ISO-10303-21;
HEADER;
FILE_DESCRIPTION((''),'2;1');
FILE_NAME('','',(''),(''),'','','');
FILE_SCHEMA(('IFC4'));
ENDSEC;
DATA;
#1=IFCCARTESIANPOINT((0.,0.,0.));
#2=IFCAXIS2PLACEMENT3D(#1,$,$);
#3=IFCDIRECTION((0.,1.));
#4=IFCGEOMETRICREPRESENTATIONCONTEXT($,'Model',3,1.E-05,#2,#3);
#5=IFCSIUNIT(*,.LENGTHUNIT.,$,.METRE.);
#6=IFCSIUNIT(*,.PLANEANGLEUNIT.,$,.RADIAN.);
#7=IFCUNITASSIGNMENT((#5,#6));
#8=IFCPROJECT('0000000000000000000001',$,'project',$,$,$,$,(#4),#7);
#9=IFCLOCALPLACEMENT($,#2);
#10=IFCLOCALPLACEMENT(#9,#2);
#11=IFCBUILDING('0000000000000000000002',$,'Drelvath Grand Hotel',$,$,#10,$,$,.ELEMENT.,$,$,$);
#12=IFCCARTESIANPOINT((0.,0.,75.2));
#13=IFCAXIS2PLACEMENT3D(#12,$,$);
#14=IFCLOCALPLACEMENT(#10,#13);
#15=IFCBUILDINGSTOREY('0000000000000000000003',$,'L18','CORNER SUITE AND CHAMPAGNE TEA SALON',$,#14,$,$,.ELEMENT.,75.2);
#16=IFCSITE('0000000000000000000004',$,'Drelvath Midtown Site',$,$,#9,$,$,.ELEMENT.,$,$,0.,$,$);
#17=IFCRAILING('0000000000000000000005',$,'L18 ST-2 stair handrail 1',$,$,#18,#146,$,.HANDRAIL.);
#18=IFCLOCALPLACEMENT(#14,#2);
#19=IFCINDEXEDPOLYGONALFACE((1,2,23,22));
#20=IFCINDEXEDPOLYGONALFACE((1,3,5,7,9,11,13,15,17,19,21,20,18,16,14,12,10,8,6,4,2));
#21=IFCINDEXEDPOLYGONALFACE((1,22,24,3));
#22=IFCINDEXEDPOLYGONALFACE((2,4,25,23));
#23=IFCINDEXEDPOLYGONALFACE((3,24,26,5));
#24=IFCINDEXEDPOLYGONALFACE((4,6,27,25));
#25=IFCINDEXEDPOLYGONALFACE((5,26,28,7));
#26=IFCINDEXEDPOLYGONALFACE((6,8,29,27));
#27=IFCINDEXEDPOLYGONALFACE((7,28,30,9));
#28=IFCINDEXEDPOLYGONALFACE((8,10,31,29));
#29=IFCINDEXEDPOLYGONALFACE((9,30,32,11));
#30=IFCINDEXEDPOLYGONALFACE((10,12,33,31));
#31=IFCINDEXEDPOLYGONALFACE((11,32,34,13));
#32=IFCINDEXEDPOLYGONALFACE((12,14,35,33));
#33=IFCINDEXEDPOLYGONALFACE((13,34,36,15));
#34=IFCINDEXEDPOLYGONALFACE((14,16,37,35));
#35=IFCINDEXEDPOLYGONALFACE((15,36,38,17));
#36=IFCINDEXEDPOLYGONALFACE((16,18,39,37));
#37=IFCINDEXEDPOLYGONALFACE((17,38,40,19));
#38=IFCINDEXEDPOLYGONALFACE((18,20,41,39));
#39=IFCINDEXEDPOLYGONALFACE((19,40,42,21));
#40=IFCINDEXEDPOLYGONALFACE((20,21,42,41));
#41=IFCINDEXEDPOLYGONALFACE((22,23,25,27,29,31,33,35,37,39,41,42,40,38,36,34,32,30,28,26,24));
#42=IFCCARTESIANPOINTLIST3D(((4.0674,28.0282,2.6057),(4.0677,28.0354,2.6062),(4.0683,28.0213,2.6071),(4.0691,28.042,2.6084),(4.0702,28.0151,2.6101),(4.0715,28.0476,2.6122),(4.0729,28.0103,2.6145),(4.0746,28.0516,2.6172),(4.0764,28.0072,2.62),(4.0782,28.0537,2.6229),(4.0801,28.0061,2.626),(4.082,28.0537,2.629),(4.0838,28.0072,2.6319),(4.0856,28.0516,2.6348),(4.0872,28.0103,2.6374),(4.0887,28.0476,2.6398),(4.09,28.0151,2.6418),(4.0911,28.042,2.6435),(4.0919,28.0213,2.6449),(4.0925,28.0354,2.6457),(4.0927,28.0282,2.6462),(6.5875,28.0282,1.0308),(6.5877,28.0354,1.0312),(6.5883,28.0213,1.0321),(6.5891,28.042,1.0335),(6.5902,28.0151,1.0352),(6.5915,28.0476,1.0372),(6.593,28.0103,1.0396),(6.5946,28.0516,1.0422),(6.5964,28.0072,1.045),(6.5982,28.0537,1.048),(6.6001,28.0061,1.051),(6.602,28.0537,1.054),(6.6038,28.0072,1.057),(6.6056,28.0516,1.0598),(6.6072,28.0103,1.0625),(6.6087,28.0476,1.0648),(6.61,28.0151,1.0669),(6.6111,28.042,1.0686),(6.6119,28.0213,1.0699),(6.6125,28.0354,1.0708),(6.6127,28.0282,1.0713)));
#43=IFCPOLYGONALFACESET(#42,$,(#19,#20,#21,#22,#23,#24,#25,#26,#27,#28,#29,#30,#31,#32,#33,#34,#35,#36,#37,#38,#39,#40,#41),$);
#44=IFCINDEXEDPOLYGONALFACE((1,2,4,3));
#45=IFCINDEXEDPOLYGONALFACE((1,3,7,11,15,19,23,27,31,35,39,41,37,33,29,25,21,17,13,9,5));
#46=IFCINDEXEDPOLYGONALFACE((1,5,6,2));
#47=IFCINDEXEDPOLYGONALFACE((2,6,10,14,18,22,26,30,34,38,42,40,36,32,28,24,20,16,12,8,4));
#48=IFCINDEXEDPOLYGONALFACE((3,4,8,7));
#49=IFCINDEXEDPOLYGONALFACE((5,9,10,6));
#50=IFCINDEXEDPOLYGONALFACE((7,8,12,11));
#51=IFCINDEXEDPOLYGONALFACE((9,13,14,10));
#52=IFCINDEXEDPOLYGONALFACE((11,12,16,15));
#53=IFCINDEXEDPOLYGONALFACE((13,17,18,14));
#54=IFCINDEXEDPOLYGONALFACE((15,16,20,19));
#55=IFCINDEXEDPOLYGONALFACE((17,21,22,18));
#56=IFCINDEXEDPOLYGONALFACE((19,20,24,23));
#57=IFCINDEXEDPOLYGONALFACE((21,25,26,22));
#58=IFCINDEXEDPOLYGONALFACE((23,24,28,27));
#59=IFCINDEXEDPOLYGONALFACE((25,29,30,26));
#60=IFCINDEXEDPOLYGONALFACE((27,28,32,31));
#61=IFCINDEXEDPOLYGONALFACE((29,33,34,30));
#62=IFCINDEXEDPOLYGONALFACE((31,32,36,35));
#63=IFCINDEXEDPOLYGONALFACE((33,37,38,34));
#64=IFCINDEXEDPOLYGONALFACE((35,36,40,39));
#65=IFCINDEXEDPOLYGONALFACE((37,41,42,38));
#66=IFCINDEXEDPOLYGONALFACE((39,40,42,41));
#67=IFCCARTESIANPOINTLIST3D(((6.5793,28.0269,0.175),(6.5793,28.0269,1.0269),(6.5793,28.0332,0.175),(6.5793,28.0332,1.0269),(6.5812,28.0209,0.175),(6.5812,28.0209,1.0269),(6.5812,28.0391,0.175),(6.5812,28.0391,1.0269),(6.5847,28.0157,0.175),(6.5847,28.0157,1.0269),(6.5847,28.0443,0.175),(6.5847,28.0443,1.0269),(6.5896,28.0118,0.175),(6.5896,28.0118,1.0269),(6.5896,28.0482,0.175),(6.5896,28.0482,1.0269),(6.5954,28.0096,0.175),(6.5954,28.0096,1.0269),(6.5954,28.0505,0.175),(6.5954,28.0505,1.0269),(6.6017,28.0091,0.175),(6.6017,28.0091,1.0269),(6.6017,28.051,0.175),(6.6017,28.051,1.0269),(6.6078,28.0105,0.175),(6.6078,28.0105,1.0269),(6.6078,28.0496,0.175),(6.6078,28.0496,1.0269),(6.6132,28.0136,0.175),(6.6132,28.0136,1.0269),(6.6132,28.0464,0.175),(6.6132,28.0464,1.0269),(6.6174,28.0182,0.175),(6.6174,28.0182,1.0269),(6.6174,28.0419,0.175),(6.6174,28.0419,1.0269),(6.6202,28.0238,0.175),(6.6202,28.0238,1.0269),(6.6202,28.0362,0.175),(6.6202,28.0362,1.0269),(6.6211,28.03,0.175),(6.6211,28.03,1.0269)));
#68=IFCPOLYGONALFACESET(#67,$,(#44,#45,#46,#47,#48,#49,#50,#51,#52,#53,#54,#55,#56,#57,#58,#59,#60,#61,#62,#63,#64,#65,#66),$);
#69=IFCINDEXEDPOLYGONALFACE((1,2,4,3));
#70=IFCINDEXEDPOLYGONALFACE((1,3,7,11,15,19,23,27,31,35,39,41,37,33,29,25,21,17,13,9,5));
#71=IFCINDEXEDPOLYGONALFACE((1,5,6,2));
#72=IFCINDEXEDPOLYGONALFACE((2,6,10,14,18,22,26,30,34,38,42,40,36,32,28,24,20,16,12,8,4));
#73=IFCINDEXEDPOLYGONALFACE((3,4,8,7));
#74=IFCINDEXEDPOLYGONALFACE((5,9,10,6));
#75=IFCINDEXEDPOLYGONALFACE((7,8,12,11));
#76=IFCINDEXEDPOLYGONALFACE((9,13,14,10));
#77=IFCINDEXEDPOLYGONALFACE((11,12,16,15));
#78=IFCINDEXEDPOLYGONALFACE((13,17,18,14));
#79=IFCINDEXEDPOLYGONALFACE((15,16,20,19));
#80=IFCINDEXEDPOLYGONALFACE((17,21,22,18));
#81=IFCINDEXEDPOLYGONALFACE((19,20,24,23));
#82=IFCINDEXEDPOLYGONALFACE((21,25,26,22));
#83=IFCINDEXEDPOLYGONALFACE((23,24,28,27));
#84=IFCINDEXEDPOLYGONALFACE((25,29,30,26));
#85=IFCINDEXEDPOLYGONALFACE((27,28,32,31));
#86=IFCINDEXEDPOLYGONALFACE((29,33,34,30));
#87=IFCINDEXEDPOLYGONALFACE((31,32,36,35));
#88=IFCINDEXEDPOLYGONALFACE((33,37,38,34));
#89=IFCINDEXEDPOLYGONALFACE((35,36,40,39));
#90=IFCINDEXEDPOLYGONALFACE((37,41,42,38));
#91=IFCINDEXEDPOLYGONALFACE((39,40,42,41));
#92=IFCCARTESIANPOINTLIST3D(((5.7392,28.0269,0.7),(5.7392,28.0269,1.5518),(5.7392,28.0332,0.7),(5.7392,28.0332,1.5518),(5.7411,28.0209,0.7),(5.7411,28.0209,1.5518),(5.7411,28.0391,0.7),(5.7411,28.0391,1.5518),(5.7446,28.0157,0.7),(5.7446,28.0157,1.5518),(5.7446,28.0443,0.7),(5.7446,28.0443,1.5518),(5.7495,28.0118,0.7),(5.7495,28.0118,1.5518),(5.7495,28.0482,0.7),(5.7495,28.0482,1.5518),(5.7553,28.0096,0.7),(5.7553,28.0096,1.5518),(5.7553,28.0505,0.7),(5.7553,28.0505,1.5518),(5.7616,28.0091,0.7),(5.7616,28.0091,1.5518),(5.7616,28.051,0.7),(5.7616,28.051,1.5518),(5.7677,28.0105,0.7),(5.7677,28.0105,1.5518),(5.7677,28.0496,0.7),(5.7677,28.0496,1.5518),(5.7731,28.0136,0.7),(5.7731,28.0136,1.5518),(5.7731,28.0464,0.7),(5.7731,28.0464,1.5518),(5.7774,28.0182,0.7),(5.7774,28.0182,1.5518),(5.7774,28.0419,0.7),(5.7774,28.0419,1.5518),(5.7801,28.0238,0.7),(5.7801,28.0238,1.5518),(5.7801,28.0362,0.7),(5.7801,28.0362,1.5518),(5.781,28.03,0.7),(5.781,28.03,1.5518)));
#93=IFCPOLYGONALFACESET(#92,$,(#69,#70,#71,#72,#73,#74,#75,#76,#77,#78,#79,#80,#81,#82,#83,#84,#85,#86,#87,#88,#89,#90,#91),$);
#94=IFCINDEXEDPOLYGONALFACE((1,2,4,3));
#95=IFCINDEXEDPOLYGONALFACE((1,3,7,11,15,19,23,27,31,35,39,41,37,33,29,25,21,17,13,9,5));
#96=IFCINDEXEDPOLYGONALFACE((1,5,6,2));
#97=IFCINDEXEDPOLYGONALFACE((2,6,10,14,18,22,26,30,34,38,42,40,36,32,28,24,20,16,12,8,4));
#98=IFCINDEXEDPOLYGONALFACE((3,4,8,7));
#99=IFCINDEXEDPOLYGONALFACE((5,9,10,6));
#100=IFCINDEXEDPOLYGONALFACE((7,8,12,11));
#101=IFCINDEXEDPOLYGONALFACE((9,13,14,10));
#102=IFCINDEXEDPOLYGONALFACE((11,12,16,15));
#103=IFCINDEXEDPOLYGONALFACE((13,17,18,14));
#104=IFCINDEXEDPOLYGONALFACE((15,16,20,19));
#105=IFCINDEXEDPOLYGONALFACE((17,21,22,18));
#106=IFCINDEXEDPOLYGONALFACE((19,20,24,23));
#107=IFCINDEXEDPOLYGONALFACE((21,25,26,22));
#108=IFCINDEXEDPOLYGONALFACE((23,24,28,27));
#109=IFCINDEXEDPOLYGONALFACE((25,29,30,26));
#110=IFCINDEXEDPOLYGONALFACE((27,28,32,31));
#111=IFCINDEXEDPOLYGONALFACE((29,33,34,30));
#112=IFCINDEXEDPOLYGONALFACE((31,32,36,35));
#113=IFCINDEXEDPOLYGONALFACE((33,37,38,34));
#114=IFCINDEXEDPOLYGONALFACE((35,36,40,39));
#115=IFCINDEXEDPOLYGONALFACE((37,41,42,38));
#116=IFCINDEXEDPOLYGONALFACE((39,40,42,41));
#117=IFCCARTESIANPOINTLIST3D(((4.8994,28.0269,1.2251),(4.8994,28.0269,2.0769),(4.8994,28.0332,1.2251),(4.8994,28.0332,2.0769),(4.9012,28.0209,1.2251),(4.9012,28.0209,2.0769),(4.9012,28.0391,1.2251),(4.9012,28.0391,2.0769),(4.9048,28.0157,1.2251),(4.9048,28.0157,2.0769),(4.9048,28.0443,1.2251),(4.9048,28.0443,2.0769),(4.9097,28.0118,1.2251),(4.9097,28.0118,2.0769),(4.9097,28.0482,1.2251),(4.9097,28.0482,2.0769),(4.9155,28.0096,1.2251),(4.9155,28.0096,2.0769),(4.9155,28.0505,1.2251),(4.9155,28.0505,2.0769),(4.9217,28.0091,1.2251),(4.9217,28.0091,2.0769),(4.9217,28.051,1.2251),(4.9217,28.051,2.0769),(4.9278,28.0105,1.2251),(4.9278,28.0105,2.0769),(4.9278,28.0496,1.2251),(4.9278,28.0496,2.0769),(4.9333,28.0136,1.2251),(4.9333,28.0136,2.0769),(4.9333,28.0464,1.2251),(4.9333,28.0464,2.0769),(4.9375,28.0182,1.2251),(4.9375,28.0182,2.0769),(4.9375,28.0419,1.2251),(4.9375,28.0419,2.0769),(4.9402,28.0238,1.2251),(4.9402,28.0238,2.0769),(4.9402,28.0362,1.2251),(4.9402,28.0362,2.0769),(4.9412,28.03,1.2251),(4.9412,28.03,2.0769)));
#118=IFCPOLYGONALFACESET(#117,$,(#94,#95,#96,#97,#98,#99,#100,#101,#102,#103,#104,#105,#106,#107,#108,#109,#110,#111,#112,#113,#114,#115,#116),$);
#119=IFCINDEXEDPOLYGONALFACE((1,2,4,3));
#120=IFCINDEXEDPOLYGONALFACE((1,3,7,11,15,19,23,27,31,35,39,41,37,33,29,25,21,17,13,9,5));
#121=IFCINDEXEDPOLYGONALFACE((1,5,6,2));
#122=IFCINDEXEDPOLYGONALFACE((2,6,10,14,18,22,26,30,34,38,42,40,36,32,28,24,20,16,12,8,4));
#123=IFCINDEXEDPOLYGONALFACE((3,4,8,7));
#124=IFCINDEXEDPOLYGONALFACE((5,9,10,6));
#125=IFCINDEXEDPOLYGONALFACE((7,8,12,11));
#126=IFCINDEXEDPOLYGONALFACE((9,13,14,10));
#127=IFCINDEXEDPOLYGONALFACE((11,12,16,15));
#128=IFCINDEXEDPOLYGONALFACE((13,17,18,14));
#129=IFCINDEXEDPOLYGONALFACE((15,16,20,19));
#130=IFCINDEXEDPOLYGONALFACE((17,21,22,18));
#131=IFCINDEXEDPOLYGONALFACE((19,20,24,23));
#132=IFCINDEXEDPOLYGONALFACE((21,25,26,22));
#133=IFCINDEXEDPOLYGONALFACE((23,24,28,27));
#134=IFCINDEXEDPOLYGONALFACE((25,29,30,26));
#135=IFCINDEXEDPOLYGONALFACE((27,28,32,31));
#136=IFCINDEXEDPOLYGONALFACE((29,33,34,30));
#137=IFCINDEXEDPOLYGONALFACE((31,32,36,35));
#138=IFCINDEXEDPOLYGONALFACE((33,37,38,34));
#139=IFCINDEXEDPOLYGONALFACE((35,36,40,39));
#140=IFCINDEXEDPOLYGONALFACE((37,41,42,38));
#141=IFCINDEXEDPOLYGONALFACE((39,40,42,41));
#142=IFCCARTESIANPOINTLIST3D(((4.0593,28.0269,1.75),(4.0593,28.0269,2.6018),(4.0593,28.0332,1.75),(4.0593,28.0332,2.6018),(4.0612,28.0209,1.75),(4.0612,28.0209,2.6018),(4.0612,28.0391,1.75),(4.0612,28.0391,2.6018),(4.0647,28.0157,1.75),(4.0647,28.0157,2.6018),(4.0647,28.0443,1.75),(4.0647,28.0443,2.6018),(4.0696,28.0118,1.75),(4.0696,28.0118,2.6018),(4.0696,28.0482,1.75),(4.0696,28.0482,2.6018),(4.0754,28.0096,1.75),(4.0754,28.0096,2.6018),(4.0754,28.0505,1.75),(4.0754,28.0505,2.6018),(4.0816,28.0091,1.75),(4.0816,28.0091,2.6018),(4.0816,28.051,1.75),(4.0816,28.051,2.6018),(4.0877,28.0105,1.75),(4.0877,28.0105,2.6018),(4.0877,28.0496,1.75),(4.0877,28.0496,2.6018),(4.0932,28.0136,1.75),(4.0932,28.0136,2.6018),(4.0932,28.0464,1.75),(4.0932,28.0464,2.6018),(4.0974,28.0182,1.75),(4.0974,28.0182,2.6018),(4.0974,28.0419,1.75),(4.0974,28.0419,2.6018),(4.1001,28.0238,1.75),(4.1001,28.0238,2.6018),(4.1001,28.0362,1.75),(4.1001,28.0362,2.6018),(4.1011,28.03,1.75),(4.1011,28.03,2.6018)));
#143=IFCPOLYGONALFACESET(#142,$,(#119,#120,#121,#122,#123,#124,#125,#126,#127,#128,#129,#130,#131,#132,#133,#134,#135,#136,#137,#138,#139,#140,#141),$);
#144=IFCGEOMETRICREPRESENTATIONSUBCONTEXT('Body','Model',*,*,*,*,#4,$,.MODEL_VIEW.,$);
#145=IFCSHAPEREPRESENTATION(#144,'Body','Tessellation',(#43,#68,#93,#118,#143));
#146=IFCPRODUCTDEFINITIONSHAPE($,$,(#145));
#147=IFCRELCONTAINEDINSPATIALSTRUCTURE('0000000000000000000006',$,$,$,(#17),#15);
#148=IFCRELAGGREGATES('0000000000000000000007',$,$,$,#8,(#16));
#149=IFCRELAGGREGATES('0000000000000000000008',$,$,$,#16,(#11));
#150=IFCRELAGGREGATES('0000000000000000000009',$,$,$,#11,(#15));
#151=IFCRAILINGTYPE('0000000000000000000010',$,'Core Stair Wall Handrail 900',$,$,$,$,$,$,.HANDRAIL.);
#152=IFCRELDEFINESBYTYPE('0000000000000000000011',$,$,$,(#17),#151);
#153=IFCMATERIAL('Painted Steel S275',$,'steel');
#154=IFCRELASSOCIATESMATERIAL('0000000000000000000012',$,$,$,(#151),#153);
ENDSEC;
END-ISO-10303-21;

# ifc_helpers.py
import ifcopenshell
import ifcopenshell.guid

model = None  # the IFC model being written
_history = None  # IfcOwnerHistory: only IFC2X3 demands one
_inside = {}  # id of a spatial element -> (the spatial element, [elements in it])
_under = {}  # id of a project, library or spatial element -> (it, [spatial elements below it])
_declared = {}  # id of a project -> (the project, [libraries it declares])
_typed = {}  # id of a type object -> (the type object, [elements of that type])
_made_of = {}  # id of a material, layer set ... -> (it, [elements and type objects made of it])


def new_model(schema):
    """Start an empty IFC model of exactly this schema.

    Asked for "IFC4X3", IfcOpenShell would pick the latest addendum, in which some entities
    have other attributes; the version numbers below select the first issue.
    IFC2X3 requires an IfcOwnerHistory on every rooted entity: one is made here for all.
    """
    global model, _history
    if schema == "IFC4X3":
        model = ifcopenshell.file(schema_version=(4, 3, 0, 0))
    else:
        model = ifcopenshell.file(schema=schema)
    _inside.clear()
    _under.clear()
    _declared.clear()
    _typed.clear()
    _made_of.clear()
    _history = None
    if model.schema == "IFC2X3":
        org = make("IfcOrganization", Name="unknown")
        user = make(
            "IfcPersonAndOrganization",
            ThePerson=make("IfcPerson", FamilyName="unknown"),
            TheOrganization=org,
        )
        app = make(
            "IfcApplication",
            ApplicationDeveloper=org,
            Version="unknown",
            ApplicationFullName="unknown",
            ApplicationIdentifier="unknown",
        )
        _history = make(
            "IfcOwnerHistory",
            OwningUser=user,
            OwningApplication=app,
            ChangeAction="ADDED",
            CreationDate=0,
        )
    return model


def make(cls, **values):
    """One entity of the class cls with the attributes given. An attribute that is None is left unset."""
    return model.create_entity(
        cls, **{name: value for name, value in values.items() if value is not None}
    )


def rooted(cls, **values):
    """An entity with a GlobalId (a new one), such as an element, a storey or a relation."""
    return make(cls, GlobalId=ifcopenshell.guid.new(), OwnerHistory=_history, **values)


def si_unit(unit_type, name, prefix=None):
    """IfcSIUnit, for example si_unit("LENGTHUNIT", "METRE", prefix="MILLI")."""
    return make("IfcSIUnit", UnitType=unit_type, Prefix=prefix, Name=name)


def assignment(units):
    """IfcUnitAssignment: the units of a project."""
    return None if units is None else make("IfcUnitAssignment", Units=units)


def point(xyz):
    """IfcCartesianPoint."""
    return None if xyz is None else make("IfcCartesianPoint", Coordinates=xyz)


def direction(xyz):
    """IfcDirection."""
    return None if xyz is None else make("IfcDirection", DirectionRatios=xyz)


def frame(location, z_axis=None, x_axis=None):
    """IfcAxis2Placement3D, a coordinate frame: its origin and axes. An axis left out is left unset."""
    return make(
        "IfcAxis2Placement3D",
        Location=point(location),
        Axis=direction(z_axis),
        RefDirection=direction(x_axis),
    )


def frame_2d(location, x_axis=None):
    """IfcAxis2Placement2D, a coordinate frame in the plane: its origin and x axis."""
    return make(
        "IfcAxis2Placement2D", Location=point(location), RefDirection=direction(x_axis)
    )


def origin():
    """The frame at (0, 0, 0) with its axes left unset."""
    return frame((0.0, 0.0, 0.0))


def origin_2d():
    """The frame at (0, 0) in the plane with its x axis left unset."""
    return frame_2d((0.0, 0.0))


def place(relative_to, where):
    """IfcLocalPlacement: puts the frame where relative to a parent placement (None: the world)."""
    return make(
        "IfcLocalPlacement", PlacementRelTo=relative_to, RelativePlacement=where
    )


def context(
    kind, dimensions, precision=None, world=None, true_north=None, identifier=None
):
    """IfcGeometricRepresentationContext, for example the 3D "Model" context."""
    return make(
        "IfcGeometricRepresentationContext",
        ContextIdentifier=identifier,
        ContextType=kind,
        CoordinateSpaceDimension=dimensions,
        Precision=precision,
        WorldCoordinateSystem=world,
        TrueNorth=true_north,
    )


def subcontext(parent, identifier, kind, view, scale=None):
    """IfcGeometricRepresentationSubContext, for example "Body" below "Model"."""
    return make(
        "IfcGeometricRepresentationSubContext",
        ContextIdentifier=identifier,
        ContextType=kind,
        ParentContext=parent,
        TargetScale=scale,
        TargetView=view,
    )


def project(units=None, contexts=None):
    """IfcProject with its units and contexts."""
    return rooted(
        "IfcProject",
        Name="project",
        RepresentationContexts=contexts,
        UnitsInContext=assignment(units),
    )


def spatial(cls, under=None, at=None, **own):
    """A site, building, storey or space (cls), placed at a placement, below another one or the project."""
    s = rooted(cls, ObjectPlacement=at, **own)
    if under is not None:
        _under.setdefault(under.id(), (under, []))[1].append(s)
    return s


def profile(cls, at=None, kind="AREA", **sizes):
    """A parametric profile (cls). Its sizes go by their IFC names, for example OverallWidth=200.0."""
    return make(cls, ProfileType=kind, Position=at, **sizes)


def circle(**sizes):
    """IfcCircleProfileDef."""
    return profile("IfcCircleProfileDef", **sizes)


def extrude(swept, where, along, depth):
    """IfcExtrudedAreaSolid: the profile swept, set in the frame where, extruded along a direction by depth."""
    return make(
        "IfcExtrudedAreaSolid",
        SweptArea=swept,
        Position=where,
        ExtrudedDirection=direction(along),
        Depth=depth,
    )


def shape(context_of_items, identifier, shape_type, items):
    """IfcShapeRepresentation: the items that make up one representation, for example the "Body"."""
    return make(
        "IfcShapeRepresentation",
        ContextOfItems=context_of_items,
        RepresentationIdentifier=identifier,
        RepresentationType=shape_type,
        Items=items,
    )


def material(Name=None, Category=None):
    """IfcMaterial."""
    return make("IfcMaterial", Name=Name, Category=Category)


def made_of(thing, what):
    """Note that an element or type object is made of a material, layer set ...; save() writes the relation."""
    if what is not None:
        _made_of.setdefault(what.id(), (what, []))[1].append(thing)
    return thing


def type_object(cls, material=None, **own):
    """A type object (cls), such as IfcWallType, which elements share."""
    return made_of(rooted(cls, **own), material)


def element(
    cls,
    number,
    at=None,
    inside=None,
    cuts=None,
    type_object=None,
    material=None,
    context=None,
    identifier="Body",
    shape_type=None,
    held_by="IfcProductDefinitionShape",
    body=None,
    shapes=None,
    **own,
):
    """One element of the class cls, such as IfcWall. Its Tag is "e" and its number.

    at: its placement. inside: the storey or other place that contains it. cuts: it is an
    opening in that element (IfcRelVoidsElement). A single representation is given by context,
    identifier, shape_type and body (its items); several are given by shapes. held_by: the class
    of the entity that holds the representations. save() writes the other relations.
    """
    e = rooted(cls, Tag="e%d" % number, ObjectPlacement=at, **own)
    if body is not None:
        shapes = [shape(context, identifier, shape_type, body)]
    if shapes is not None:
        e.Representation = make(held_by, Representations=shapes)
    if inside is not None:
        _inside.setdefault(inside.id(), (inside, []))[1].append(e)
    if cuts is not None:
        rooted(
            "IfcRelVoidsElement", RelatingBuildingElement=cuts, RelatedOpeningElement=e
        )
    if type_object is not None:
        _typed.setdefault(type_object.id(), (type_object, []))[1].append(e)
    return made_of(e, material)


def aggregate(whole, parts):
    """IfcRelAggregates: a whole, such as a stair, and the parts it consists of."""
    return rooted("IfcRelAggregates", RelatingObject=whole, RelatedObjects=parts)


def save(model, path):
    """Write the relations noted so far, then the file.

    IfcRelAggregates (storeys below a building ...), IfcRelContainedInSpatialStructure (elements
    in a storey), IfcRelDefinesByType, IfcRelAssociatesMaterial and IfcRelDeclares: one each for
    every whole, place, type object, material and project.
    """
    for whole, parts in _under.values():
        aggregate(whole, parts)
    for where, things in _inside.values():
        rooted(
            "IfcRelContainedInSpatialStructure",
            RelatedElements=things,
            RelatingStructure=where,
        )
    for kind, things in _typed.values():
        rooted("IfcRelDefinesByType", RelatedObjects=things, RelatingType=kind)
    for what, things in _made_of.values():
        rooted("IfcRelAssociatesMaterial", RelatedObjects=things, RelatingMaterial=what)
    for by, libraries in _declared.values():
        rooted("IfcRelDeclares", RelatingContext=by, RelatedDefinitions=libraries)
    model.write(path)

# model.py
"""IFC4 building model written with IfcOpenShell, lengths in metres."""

from ifc_helpers import new_model, si_unit, direction, frame, origin, origin_2d, place, context, subcontext, project, spatial, circle, extrude, material, type_object, element, save


model = new_model("IFC4")

# Units and contexts
model_context = context("Model", 3, precision=1e-05, world=origin(), true_north=direction((0.0, 1.0)))
body_context = subcontext(model_context, "Body", "Model", "MODEL_VIEW")
ifc_project = project(units=[si_unit("LENGTHUNIT", "METRE"), si_unit("PLANEANGLEUNIT", "RADIAN")], contexts=[model_context])

# Site, building, storey
site_placement = place(None, origin())
site = spatial("IfcSite", under=ifc_project, at=site_placement, Name="Drelvath Midtown Site", CompositionType="ELEMENT", RefElevation=0.0)
building_placement = place(site_placement, origin())
building = spatial("IfcBuilding", under=site, at=building_placement, Name="Drelvath Grand Hotel", CompositionType="ELEMENT")
storey_placement = place(building_placement, frame((0.0, 0.0, 75.2)))
storey = spatial("IfcBuildingStorey", under=building, at=storey_placement, Name="L18", Description="CORNER SUITE AND CHAMPAGNE TEA SALON", CompositionType="ELEMENT", Elevation=75.2)

# Shared definitions
ifc_material_1 = material(Name="Painted Steel S275", Category="steel")

# Railing
railing_type_1 = type_object("IfcRailingType", Name="Core Stair Wall Handrail 900", PredefinedType="HANDRAIL", material=ifc_material_1)
railing_1_placement = place(storey_placement, frame((6.6001, 28.03, 0.175)))
element("IfcRailing", 1, at=railing_1_placement, inside=storey, type_object=railing_type_1, Name="L18 ST-2 stair handrail 1", PredefinedType="HANDRAIL", context=body_context, shape_type="SweptSolid", body=[
    extrude(circle(Radius=0.0239, at=origin_2d()), frame((0.0, 0.0, 0.876), z_axis=(-0.848008, 0.0, 0.529984), x_axis=(0.0, -1.0, 0.0)), (0.0, 0.0, 1.0), 2.9717),
    extrude(circle(Radius=0.021, at=origin_2d()), origin(), (0.0, 0.0, 1.0), 0.8518),
    extrude(circle(Radius=0.021, at=origin_2d()), frame((-0.8401, 0.0, 0.5249)), (0.0, 0.0, 1.0), 0.8518),
    extrude(circle(Radius=0.021, at=origin_2d()), frame((-1.6799, 0.0, 1.05)), (0.0, 0.0, 1.0), 0.8518),
    extrude(circle(Radius=0.021, at=origin_2d()), frame((-2.52, 0.0, 1.575)), (0.0, 0.0, 1.0), 0.8518),
])

save(model, "model.ifc")
